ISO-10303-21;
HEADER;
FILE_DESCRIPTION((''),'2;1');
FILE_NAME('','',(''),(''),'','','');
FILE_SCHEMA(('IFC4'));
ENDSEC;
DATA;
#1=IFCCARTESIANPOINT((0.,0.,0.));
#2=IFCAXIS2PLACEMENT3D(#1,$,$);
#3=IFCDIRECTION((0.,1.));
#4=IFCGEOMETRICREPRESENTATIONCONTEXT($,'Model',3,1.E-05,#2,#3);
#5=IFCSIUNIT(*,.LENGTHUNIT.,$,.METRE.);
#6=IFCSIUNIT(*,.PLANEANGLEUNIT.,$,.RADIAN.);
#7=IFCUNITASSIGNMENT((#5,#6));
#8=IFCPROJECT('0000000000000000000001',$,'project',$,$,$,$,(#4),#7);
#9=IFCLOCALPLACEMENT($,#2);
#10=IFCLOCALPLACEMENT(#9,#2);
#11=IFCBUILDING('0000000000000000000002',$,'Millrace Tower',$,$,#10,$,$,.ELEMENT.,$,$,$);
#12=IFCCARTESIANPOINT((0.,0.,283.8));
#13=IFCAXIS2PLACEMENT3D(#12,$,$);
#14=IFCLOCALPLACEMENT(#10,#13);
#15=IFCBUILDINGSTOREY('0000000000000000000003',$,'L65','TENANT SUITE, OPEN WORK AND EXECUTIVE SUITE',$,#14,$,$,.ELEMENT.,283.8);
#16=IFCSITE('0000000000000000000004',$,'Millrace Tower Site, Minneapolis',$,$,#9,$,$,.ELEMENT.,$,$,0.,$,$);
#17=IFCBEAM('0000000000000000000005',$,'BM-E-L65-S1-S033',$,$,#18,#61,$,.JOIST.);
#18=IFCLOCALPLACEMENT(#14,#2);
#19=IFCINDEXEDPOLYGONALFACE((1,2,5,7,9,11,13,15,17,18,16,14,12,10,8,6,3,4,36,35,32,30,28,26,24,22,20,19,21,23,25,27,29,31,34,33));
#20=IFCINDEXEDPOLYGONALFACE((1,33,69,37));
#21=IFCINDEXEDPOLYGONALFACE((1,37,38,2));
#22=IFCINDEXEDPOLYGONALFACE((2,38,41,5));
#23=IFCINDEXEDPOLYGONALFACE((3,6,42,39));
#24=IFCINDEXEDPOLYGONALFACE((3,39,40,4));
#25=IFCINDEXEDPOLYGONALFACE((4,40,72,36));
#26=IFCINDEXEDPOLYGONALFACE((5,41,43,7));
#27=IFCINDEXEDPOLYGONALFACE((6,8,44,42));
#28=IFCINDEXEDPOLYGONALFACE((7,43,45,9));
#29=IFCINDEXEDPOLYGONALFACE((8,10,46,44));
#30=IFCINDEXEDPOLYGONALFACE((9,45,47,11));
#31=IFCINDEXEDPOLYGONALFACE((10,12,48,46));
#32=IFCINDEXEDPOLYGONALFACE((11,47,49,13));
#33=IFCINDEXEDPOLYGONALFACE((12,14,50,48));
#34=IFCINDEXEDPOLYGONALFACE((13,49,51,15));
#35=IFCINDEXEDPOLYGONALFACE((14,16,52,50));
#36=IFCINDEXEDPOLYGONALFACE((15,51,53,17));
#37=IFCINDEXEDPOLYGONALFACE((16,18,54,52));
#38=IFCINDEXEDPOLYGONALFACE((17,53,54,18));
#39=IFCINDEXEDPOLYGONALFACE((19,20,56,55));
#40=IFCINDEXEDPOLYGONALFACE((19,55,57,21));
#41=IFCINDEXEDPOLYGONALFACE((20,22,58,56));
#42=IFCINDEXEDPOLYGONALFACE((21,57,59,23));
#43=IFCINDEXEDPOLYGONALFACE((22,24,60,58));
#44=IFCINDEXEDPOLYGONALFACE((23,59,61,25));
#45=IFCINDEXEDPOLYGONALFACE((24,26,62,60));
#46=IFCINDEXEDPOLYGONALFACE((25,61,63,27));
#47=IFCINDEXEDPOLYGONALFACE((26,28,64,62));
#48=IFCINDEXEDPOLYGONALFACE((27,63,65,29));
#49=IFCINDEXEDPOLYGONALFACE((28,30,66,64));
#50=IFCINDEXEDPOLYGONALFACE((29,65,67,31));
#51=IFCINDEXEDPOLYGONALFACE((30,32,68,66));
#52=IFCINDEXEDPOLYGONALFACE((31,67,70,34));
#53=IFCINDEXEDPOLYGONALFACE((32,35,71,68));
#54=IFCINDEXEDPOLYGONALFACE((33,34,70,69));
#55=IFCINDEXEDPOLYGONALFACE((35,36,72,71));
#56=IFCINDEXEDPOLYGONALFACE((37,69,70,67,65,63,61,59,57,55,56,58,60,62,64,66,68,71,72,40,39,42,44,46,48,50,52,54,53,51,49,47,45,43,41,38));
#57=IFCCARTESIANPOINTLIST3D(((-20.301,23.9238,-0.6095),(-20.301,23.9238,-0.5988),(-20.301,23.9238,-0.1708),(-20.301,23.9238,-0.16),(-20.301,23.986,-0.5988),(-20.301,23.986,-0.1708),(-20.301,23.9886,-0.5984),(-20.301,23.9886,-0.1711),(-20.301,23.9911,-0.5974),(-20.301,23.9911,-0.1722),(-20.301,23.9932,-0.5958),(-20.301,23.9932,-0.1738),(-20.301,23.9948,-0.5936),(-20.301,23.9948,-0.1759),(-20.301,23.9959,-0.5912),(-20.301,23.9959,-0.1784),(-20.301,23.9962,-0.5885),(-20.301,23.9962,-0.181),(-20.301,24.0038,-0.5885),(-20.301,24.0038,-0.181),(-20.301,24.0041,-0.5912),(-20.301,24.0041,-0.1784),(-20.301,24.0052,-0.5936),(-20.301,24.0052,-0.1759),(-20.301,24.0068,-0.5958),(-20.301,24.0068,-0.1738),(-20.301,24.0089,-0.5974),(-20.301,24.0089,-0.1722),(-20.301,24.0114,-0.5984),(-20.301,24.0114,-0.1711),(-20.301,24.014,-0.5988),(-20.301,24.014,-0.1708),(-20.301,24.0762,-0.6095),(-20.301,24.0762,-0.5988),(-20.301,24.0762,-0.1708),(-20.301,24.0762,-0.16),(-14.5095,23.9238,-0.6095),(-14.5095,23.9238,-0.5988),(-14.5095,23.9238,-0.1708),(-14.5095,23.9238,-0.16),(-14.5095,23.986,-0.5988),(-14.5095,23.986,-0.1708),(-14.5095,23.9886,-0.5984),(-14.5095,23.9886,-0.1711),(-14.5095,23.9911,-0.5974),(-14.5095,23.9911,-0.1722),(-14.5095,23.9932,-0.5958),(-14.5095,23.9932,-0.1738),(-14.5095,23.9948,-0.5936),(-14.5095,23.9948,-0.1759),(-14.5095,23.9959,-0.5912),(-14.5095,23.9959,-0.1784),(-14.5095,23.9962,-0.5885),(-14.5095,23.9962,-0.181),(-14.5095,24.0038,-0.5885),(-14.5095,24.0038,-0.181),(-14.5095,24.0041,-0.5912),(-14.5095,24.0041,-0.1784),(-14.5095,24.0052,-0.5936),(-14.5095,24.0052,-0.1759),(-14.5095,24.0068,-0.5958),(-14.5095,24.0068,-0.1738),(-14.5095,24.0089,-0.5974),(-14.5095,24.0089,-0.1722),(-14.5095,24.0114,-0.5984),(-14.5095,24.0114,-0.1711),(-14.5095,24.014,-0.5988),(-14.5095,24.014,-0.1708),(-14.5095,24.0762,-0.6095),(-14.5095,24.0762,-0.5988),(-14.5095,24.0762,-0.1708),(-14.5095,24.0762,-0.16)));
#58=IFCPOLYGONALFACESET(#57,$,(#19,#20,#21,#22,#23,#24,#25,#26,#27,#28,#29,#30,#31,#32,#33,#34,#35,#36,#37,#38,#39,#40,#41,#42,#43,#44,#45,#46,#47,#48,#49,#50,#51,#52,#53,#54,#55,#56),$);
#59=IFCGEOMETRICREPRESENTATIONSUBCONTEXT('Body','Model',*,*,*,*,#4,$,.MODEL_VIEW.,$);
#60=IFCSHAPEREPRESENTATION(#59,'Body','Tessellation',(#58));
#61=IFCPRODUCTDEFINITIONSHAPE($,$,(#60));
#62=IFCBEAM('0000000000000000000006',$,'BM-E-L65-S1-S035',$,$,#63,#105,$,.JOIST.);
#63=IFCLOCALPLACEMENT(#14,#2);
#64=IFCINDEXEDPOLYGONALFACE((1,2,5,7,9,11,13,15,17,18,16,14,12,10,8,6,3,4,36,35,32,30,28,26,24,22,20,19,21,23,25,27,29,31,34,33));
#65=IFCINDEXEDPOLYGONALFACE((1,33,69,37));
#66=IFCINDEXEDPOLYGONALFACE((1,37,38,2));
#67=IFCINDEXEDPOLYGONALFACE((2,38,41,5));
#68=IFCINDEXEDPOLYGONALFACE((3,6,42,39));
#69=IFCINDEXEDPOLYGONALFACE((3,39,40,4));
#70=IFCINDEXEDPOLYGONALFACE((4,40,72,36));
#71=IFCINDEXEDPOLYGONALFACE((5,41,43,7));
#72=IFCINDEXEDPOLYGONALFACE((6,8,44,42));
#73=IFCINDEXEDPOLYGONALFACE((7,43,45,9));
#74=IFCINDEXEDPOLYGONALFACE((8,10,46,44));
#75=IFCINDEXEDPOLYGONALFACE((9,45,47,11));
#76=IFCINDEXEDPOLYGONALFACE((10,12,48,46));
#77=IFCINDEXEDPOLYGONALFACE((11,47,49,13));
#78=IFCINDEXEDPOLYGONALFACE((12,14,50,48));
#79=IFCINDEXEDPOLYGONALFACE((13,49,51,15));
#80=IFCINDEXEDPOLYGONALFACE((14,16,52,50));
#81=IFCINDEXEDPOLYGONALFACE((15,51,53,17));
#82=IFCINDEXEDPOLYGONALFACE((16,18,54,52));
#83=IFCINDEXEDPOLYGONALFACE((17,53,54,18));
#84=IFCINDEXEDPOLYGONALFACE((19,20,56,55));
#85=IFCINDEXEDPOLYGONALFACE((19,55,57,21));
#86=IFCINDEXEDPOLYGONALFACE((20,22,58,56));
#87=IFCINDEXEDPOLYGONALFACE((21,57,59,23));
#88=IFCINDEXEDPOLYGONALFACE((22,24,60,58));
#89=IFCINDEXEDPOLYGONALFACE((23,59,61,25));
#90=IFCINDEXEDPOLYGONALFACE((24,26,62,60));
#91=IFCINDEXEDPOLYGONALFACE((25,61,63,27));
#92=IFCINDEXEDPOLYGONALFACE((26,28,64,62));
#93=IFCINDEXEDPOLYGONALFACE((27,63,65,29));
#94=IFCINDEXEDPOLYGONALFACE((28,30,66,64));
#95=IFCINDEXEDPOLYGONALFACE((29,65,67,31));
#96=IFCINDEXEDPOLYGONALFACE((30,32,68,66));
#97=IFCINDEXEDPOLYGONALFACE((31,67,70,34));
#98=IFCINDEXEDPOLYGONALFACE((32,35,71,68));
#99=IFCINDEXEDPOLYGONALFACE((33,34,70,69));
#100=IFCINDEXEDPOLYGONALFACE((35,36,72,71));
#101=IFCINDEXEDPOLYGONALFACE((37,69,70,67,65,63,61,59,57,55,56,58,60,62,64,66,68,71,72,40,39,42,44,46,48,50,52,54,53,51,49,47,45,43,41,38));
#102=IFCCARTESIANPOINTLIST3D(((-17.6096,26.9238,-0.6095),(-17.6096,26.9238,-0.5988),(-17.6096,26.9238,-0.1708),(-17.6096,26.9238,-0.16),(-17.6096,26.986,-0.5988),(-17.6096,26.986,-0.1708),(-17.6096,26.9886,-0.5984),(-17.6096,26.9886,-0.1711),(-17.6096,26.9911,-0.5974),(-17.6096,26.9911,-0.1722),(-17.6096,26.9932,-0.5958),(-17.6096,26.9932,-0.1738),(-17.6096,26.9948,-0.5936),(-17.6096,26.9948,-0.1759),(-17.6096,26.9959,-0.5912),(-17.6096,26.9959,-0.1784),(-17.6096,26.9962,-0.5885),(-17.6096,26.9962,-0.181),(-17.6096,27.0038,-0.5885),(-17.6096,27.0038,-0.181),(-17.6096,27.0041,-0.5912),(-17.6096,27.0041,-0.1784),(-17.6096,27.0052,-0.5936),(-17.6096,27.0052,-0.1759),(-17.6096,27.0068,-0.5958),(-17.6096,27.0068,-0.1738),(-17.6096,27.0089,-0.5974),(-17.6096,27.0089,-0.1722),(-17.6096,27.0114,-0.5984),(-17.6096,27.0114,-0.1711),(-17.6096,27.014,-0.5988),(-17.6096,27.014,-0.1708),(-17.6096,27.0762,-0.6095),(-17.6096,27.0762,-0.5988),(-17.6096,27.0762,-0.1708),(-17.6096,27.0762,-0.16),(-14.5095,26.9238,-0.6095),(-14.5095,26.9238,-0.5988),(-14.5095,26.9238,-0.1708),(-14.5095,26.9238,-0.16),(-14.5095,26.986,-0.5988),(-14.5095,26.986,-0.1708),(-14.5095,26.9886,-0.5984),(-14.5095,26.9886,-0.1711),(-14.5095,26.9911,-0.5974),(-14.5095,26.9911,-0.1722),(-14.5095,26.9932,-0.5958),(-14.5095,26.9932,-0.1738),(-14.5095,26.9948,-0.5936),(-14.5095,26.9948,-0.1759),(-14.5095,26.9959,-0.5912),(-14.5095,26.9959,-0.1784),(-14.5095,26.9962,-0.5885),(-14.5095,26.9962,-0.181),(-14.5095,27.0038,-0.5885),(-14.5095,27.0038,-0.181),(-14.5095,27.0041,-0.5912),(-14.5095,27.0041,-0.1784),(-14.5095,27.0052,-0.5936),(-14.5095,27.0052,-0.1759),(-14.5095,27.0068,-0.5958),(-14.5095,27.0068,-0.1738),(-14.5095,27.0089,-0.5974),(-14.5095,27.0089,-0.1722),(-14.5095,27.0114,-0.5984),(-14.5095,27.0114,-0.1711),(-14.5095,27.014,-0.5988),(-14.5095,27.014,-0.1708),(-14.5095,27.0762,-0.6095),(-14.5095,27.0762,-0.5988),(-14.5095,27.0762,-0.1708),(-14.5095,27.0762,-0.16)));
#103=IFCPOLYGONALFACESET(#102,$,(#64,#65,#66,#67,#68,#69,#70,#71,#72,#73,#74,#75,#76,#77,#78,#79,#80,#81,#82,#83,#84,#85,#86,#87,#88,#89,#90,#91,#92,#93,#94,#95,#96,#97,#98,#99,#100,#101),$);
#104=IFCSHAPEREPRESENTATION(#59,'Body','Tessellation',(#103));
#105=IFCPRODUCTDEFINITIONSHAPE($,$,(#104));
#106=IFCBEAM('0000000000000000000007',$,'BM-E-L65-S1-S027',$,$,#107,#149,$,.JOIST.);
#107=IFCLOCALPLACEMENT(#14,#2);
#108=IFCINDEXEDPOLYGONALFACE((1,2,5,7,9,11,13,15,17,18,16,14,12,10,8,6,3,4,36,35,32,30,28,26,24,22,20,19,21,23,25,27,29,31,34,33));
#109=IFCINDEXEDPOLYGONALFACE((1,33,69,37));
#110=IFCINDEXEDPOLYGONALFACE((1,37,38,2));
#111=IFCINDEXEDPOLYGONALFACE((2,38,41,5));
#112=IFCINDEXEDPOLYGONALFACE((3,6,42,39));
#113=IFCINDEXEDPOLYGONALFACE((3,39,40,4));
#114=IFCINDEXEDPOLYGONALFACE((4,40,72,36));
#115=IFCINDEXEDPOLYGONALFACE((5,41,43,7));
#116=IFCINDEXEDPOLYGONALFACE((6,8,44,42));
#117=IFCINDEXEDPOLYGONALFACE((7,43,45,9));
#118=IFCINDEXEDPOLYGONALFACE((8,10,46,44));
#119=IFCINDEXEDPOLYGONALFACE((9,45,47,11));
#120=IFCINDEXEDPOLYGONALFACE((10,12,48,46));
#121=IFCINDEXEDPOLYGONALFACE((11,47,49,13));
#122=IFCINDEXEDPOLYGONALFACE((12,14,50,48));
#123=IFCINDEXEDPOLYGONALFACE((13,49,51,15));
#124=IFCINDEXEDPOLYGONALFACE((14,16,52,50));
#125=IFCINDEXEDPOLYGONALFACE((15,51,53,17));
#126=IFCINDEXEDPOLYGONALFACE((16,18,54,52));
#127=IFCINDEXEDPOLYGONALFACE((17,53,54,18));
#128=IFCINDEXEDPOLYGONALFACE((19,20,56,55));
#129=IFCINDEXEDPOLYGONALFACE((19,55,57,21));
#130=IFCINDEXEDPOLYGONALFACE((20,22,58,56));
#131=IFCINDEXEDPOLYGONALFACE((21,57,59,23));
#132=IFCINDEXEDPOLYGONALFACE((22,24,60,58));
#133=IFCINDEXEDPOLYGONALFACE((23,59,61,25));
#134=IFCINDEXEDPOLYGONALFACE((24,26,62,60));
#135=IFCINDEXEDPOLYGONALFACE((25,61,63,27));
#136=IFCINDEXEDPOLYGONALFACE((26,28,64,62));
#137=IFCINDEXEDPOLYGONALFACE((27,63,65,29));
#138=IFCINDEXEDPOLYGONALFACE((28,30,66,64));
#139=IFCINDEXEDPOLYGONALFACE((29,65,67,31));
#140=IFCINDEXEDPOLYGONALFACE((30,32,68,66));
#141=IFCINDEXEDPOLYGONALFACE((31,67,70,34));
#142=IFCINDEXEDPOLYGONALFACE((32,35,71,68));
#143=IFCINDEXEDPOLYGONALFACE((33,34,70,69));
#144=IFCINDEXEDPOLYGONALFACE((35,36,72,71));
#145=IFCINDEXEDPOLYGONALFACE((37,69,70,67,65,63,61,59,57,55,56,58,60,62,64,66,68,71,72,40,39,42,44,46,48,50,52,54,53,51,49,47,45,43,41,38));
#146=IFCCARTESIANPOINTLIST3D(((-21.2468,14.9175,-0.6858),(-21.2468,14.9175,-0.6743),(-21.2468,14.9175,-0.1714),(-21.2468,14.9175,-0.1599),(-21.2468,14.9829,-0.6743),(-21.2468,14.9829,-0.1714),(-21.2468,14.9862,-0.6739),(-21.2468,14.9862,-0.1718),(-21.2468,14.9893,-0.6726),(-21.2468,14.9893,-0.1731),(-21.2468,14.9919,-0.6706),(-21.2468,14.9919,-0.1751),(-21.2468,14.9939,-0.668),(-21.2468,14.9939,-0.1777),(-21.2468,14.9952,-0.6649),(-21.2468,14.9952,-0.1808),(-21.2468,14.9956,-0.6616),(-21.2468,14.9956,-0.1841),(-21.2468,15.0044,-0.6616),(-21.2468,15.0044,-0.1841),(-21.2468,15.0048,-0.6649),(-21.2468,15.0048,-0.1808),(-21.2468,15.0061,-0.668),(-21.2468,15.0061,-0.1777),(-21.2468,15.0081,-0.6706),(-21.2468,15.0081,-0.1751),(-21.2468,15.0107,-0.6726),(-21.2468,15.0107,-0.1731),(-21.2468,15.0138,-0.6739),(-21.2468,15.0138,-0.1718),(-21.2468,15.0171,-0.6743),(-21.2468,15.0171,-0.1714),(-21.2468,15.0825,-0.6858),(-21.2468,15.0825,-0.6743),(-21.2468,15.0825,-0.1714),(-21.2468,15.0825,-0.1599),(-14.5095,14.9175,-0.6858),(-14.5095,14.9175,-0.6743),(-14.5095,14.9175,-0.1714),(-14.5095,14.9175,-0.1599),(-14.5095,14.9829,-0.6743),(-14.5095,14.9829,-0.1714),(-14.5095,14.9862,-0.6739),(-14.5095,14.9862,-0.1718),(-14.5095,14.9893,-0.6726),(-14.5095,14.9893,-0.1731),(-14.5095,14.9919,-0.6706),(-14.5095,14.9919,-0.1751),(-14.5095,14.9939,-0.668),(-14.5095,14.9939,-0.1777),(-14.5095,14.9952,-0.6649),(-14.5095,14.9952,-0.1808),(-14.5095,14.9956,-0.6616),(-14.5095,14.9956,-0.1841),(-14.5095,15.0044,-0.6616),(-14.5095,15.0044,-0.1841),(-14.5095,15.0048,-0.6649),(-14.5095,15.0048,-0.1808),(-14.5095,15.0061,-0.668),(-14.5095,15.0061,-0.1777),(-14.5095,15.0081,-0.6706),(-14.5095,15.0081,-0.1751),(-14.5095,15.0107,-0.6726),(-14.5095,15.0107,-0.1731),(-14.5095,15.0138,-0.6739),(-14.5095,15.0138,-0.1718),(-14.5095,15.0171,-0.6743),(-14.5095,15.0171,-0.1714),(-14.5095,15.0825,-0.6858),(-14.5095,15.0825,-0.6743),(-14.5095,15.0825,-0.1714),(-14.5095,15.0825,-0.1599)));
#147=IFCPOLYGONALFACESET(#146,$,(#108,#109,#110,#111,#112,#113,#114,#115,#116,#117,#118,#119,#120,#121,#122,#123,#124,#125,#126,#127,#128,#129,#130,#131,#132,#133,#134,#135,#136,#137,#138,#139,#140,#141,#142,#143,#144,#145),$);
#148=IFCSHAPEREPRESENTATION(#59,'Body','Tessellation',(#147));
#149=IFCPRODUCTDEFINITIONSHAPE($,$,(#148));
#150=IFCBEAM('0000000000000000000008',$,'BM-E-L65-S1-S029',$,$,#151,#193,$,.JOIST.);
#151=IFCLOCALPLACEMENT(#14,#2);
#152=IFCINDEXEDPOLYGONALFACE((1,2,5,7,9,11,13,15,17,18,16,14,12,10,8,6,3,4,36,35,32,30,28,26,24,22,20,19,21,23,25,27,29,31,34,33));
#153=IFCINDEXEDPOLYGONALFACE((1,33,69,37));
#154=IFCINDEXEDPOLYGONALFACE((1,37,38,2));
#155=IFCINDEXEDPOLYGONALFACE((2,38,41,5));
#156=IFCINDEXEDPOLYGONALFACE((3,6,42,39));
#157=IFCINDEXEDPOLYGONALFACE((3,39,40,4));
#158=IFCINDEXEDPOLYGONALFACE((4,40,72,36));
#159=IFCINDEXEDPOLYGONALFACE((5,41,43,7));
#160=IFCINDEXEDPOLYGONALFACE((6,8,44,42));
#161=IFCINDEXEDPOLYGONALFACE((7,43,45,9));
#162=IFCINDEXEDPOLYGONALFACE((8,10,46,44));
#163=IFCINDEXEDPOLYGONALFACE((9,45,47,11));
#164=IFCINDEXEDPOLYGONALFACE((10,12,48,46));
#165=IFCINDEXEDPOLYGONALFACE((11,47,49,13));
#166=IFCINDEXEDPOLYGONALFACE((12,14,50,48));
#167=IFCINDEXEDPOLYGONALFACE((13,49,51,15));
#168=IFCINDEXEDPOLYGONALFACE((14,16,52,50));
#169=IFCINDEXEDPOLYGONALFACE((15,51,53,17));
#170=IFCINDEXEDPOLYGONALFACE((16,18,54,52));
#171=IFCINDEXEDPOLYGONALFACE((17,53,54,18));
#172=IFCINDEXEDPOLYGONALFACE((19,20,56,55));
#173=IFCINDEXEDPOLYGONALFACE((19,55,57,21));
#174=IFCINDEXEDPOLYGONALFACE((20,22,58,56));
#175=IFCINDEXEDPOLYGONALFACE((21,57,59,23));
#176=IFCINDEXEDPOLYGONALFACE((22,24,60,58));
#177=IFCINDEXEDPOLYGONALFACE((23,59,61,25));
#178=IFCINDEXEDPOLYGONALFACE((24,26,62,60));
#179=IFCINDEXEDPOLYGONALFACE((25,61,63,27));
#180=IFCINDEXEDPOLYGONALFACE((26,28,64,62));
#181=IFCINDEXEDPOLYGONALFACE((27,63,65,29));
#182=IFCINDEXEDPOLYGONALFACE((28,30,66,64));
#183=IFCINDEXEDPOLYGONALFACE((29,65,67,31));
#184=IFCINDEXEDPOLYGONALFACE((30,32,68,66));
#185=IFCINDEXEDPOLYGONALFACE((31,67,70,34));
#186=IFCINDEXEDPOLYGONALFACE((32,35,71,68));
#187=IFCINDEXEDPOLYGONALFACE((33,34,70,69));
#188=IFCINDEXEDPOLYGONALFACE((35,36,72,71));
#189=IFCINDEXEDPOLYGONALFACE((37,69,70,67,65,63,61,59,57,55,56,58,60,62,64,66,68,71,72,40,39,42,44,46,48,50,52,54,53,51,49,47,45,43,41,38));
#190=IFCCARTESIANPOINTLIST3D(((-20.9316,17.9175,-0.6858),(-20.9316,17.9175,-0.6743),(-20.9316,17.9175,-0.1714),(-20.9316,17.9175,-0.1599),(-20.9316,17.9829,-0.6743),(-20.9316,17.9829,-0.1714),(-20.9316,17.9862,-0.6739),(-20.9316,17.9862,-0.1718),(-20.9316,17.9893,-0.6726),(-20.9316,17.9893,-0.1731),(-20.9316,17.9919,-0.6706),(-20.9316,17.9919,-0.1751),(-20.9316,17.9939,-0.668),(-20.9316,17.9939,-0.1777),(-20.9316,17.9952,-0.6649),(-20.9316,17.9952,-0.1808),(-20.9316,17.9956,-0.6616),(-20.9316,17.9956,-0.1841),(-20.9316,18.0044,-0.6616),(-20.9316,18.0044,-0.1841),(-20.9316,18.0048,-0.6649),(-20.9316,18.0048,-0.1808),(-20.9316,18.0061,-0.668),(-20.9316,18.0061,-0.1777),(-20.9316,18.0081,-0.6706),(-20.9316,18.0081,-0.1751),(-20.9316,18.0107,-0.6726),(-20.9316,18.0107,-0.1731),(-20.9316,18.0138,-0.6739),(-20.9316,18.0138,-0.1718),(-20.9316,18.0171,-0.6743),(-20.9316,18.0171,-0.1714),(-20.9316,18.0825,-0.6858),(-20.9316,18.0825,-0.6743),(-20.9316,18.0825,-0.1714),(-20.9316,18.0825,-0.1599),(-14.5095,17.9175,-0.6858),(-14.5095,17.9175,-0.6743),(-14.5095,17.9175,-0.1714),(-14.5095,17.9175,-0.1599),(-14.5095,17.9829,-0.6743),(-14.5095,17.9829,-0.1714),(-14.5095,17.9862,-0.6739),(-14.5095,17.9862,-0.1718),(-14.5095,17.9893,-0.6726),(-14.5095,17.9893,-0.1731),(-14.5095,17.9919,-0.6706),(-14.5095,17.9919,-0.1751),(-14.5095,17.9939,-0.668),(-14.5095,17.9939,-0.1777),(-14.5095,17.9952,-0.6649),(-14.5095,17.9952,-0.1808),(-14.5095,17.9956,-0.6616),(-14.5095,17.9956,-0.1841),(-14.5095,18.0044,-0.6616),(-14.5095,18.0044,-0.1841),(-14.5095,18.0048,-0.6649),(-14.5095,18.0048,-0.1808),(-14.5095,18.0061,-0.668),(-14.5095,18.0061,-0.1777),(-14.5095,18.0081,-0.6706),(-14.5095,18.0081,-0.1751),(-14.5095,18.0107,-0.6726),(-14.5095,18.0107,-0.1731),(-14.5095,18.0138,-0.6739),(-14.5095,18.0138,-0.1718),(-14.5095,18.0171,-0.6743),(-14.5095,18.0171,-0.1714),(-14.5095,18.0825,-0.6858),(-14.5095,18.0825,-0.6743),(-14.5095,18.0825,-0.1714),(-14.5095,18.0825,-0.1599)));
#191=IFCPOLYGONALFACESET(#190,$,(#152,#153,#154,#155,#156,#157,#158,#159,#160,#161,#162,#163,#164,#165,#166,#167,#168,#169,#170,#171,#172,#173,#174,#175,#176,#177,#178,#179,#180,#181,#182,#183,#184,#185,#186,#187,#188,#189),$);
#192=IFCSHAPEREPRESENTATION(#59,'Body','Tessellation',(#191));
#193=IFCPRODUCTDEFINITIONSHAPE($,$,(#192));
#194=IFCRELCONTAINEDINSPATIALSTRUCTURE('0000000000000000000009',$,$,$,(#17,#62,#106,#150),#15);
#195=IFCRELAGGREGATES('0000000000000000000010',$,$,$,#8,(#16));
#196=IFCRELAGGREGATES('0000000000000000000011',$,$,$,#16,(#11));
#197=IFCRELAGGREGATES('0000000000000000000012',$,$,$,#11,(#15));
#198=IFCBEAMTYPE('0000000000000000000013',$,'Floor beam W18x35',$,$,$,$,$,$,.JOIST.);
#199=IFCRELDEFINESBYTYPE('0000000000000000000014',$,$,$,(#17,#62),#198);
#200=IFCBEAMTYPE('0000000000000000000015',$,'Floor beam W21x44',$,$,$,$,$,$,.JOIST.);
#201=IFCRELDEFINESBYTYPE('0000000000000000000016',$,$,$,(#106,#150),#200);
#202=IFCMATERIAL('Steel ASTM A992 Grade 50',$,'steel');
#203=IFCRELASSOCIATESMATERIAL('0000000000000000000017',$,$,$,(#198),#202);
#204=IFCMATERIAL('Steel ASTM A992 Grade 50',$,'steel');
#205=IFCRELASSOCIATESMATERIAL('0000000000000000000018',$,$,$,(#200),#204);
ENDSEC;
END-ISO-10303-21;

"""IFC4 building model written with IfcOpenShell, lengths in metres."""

from ifc_helpers import new_model, si_unit, direction, frame, origin, origin_2d, place, context, subcontext, project, spatial, i_section, extrude, material, material_profile, profile_set, type_object, element, save


model = new_model("IFC4")

# Units and contexts
model_context = context("Model", 3, precision=1e-05, world=origin(), true_north=direction((0.0, 1.0)))
body_context = subcontext(model_context, "Body", "Model", "MODEL_VIEW")
ifc_project = project(units=[si_unit("LENGTHUNIT", "METRE"), si_unit("PLANEANGLEUNIT", "RADIAN")], contexts=[model_context])

# Site, building, storey
site_placement = place(None, origin())
site = spatial("IfcSite", under=ifc_project, at=site_placement, Name="Millrace Tower Site, Minneapolis", CompositionType="ELEMENT", RefElevation=0.0)
building_placement = place(site_placement, origin())
building = spatial("IfcBuilding", under=site, at=building_placement, Name="Millrace Tower", CompositionType="ELEMENT")
storey_placement = place(building_placement, frame((0.0, 0.0, 283.8)))
storey = spatial("IfcBuildingStorey", under=building, at=storey_placement, Name="L65", Description="TENANT SUITE, OPEN WORK AND EXECUTIVE SUITE", CompositionType="ELEMENT", Elevation=283.8)

# Beams
ifc_material_1 = material(Name="Steel ASTM A992 Grade 50", Category="steel")
ifc_material_profile_1 = material_profile(ifc_material_1, i_section(OverallWidth=0.1523, OverallDepth=0.4495, WebThickness=0.0076, FlangeThickness=0.0107, FilletRadius=0.0103, at=origin_2d()))
ifc_profile_set_1 = profile_set([ifc_material_profile_1], Name="Steel ASTM A992 Grade 50")
beam_type_1 = type_object("IfcBeamType", Name="Floor beam W18x35", PredefinedType="JOIST", material=ifc_profile_set_1)
beam_1_placement = place(storey_placement, frame((-20.301, 24.0, -0.3848), z_axis=(1.0, 0.0, 0.0), x_axis=(0.0, 1.0, 0.0)))
element("IfcBeam", 1, at=beam_1_placement, inside=storey, type_object=beam_type_1, Name="BM-E-L65-S1-S033", PredefinedType="JOIST", context=body_context, shape_type="SweptSolid", body=[
    extrude(i_section(OverallWidth=0.1523, OverallDepth=0.4495, WebThickness=0.0076, FlangeThickness=0.0107, FilletRadius=0.0103, at=origin_2d()), origin(), (0.0, 0.0, 1.0), 5.7915),
])
beam_2_placement = place(storey_placement, frame((-17.6096, 27.0, -0.3848), z_axis=(1.0, 0.0, 0.0), x_axis=(0.0, 1.0, 0.0)))
element("IfcBeam", 2, at=beam_2_placement, inside=storey, type_object=beam_type_1, Name="BM-E-L65-S1-S035", PredefinedType="JOIST", context=body_context, shape_type="SweptSolid", body=[
    extrude(i_section(OverallWidth=0.1523, OverallDepth=0.4495, WebThickness=0.0076, FlangeThickness=0.0107, FilletRadius=0.0103, at=origin_2d()), origin(), (0.0, 0.0, 1.0), 3.1001),
])
ifc_material_2 = material(Name="Steel ASTM A992 Grade 50", Category="steel")
ifc_material_profile_2 = material_profile(ifc_material_2, i_section(OverallWidth=0.165, OverallDepth=0.5259, WebThickness=0.0088, FlangeThickness=0.0115, FilletRadius=0.0127, at=origin_2d()))
ifc_profile_set_2 = profile_set([ifc_material_profile_2], Name="Steel ASTM A992 Grade 50")
beam_type_2 = type_object("IfcBeamType", Name="Floor beam W21x44", PredefinedType="JOIST", material=ifc_profile_set_2)
beam_3_placement = place(storey_placement, frame((-21.2468, 15.0, -0.4229), z_axis=(1.0, 0.0, 0.0), x_axis=(0.0, 1.0, 0.0)))
element("IfcBeam", 3, at=beam_3_placement, inside=storey, type_object=beam_type_2, Name="BM-E-L65-S1-S027", PredefinedType="JOIST", context=body_context, shape_type="SweptSolid", body=[
    extrude(i_section(OverallWidth=0.165, OverallDepth=0.5259, WebThickness=0.0088, FlangeThickness=0.0115, FilletRadius=0.0127, at=origin_2d()), origin(), (0.0, 0.0, 1.0), 6.7373),
])
beam_4_placement = place(storey_placement, frame((-20.9316, 18.0, -0.4229), z_axis=(1.0, 0.0, 0.0), x_axis=(0.0, 1.0, 0.0)))
element("IfcBeam", 4, at=beam_4_placement, inside=storey, type_object=beam_type_2, Name="BM-E-L65-S1-S029", PredefinedType="JOIST", context=body_context, shape_type="SweptSolid", body=[
    extrude(i_section(OverallWidth=0.165, OverallDepth=0.5259, WebThickness=0.0088, FlangeThickness=0.0115, FilletRadius=0.0127, at=origin_2d()), origin(), (0.0, 0.0, 1.0), 6.4221),
])

save(model, "model.ifc")
